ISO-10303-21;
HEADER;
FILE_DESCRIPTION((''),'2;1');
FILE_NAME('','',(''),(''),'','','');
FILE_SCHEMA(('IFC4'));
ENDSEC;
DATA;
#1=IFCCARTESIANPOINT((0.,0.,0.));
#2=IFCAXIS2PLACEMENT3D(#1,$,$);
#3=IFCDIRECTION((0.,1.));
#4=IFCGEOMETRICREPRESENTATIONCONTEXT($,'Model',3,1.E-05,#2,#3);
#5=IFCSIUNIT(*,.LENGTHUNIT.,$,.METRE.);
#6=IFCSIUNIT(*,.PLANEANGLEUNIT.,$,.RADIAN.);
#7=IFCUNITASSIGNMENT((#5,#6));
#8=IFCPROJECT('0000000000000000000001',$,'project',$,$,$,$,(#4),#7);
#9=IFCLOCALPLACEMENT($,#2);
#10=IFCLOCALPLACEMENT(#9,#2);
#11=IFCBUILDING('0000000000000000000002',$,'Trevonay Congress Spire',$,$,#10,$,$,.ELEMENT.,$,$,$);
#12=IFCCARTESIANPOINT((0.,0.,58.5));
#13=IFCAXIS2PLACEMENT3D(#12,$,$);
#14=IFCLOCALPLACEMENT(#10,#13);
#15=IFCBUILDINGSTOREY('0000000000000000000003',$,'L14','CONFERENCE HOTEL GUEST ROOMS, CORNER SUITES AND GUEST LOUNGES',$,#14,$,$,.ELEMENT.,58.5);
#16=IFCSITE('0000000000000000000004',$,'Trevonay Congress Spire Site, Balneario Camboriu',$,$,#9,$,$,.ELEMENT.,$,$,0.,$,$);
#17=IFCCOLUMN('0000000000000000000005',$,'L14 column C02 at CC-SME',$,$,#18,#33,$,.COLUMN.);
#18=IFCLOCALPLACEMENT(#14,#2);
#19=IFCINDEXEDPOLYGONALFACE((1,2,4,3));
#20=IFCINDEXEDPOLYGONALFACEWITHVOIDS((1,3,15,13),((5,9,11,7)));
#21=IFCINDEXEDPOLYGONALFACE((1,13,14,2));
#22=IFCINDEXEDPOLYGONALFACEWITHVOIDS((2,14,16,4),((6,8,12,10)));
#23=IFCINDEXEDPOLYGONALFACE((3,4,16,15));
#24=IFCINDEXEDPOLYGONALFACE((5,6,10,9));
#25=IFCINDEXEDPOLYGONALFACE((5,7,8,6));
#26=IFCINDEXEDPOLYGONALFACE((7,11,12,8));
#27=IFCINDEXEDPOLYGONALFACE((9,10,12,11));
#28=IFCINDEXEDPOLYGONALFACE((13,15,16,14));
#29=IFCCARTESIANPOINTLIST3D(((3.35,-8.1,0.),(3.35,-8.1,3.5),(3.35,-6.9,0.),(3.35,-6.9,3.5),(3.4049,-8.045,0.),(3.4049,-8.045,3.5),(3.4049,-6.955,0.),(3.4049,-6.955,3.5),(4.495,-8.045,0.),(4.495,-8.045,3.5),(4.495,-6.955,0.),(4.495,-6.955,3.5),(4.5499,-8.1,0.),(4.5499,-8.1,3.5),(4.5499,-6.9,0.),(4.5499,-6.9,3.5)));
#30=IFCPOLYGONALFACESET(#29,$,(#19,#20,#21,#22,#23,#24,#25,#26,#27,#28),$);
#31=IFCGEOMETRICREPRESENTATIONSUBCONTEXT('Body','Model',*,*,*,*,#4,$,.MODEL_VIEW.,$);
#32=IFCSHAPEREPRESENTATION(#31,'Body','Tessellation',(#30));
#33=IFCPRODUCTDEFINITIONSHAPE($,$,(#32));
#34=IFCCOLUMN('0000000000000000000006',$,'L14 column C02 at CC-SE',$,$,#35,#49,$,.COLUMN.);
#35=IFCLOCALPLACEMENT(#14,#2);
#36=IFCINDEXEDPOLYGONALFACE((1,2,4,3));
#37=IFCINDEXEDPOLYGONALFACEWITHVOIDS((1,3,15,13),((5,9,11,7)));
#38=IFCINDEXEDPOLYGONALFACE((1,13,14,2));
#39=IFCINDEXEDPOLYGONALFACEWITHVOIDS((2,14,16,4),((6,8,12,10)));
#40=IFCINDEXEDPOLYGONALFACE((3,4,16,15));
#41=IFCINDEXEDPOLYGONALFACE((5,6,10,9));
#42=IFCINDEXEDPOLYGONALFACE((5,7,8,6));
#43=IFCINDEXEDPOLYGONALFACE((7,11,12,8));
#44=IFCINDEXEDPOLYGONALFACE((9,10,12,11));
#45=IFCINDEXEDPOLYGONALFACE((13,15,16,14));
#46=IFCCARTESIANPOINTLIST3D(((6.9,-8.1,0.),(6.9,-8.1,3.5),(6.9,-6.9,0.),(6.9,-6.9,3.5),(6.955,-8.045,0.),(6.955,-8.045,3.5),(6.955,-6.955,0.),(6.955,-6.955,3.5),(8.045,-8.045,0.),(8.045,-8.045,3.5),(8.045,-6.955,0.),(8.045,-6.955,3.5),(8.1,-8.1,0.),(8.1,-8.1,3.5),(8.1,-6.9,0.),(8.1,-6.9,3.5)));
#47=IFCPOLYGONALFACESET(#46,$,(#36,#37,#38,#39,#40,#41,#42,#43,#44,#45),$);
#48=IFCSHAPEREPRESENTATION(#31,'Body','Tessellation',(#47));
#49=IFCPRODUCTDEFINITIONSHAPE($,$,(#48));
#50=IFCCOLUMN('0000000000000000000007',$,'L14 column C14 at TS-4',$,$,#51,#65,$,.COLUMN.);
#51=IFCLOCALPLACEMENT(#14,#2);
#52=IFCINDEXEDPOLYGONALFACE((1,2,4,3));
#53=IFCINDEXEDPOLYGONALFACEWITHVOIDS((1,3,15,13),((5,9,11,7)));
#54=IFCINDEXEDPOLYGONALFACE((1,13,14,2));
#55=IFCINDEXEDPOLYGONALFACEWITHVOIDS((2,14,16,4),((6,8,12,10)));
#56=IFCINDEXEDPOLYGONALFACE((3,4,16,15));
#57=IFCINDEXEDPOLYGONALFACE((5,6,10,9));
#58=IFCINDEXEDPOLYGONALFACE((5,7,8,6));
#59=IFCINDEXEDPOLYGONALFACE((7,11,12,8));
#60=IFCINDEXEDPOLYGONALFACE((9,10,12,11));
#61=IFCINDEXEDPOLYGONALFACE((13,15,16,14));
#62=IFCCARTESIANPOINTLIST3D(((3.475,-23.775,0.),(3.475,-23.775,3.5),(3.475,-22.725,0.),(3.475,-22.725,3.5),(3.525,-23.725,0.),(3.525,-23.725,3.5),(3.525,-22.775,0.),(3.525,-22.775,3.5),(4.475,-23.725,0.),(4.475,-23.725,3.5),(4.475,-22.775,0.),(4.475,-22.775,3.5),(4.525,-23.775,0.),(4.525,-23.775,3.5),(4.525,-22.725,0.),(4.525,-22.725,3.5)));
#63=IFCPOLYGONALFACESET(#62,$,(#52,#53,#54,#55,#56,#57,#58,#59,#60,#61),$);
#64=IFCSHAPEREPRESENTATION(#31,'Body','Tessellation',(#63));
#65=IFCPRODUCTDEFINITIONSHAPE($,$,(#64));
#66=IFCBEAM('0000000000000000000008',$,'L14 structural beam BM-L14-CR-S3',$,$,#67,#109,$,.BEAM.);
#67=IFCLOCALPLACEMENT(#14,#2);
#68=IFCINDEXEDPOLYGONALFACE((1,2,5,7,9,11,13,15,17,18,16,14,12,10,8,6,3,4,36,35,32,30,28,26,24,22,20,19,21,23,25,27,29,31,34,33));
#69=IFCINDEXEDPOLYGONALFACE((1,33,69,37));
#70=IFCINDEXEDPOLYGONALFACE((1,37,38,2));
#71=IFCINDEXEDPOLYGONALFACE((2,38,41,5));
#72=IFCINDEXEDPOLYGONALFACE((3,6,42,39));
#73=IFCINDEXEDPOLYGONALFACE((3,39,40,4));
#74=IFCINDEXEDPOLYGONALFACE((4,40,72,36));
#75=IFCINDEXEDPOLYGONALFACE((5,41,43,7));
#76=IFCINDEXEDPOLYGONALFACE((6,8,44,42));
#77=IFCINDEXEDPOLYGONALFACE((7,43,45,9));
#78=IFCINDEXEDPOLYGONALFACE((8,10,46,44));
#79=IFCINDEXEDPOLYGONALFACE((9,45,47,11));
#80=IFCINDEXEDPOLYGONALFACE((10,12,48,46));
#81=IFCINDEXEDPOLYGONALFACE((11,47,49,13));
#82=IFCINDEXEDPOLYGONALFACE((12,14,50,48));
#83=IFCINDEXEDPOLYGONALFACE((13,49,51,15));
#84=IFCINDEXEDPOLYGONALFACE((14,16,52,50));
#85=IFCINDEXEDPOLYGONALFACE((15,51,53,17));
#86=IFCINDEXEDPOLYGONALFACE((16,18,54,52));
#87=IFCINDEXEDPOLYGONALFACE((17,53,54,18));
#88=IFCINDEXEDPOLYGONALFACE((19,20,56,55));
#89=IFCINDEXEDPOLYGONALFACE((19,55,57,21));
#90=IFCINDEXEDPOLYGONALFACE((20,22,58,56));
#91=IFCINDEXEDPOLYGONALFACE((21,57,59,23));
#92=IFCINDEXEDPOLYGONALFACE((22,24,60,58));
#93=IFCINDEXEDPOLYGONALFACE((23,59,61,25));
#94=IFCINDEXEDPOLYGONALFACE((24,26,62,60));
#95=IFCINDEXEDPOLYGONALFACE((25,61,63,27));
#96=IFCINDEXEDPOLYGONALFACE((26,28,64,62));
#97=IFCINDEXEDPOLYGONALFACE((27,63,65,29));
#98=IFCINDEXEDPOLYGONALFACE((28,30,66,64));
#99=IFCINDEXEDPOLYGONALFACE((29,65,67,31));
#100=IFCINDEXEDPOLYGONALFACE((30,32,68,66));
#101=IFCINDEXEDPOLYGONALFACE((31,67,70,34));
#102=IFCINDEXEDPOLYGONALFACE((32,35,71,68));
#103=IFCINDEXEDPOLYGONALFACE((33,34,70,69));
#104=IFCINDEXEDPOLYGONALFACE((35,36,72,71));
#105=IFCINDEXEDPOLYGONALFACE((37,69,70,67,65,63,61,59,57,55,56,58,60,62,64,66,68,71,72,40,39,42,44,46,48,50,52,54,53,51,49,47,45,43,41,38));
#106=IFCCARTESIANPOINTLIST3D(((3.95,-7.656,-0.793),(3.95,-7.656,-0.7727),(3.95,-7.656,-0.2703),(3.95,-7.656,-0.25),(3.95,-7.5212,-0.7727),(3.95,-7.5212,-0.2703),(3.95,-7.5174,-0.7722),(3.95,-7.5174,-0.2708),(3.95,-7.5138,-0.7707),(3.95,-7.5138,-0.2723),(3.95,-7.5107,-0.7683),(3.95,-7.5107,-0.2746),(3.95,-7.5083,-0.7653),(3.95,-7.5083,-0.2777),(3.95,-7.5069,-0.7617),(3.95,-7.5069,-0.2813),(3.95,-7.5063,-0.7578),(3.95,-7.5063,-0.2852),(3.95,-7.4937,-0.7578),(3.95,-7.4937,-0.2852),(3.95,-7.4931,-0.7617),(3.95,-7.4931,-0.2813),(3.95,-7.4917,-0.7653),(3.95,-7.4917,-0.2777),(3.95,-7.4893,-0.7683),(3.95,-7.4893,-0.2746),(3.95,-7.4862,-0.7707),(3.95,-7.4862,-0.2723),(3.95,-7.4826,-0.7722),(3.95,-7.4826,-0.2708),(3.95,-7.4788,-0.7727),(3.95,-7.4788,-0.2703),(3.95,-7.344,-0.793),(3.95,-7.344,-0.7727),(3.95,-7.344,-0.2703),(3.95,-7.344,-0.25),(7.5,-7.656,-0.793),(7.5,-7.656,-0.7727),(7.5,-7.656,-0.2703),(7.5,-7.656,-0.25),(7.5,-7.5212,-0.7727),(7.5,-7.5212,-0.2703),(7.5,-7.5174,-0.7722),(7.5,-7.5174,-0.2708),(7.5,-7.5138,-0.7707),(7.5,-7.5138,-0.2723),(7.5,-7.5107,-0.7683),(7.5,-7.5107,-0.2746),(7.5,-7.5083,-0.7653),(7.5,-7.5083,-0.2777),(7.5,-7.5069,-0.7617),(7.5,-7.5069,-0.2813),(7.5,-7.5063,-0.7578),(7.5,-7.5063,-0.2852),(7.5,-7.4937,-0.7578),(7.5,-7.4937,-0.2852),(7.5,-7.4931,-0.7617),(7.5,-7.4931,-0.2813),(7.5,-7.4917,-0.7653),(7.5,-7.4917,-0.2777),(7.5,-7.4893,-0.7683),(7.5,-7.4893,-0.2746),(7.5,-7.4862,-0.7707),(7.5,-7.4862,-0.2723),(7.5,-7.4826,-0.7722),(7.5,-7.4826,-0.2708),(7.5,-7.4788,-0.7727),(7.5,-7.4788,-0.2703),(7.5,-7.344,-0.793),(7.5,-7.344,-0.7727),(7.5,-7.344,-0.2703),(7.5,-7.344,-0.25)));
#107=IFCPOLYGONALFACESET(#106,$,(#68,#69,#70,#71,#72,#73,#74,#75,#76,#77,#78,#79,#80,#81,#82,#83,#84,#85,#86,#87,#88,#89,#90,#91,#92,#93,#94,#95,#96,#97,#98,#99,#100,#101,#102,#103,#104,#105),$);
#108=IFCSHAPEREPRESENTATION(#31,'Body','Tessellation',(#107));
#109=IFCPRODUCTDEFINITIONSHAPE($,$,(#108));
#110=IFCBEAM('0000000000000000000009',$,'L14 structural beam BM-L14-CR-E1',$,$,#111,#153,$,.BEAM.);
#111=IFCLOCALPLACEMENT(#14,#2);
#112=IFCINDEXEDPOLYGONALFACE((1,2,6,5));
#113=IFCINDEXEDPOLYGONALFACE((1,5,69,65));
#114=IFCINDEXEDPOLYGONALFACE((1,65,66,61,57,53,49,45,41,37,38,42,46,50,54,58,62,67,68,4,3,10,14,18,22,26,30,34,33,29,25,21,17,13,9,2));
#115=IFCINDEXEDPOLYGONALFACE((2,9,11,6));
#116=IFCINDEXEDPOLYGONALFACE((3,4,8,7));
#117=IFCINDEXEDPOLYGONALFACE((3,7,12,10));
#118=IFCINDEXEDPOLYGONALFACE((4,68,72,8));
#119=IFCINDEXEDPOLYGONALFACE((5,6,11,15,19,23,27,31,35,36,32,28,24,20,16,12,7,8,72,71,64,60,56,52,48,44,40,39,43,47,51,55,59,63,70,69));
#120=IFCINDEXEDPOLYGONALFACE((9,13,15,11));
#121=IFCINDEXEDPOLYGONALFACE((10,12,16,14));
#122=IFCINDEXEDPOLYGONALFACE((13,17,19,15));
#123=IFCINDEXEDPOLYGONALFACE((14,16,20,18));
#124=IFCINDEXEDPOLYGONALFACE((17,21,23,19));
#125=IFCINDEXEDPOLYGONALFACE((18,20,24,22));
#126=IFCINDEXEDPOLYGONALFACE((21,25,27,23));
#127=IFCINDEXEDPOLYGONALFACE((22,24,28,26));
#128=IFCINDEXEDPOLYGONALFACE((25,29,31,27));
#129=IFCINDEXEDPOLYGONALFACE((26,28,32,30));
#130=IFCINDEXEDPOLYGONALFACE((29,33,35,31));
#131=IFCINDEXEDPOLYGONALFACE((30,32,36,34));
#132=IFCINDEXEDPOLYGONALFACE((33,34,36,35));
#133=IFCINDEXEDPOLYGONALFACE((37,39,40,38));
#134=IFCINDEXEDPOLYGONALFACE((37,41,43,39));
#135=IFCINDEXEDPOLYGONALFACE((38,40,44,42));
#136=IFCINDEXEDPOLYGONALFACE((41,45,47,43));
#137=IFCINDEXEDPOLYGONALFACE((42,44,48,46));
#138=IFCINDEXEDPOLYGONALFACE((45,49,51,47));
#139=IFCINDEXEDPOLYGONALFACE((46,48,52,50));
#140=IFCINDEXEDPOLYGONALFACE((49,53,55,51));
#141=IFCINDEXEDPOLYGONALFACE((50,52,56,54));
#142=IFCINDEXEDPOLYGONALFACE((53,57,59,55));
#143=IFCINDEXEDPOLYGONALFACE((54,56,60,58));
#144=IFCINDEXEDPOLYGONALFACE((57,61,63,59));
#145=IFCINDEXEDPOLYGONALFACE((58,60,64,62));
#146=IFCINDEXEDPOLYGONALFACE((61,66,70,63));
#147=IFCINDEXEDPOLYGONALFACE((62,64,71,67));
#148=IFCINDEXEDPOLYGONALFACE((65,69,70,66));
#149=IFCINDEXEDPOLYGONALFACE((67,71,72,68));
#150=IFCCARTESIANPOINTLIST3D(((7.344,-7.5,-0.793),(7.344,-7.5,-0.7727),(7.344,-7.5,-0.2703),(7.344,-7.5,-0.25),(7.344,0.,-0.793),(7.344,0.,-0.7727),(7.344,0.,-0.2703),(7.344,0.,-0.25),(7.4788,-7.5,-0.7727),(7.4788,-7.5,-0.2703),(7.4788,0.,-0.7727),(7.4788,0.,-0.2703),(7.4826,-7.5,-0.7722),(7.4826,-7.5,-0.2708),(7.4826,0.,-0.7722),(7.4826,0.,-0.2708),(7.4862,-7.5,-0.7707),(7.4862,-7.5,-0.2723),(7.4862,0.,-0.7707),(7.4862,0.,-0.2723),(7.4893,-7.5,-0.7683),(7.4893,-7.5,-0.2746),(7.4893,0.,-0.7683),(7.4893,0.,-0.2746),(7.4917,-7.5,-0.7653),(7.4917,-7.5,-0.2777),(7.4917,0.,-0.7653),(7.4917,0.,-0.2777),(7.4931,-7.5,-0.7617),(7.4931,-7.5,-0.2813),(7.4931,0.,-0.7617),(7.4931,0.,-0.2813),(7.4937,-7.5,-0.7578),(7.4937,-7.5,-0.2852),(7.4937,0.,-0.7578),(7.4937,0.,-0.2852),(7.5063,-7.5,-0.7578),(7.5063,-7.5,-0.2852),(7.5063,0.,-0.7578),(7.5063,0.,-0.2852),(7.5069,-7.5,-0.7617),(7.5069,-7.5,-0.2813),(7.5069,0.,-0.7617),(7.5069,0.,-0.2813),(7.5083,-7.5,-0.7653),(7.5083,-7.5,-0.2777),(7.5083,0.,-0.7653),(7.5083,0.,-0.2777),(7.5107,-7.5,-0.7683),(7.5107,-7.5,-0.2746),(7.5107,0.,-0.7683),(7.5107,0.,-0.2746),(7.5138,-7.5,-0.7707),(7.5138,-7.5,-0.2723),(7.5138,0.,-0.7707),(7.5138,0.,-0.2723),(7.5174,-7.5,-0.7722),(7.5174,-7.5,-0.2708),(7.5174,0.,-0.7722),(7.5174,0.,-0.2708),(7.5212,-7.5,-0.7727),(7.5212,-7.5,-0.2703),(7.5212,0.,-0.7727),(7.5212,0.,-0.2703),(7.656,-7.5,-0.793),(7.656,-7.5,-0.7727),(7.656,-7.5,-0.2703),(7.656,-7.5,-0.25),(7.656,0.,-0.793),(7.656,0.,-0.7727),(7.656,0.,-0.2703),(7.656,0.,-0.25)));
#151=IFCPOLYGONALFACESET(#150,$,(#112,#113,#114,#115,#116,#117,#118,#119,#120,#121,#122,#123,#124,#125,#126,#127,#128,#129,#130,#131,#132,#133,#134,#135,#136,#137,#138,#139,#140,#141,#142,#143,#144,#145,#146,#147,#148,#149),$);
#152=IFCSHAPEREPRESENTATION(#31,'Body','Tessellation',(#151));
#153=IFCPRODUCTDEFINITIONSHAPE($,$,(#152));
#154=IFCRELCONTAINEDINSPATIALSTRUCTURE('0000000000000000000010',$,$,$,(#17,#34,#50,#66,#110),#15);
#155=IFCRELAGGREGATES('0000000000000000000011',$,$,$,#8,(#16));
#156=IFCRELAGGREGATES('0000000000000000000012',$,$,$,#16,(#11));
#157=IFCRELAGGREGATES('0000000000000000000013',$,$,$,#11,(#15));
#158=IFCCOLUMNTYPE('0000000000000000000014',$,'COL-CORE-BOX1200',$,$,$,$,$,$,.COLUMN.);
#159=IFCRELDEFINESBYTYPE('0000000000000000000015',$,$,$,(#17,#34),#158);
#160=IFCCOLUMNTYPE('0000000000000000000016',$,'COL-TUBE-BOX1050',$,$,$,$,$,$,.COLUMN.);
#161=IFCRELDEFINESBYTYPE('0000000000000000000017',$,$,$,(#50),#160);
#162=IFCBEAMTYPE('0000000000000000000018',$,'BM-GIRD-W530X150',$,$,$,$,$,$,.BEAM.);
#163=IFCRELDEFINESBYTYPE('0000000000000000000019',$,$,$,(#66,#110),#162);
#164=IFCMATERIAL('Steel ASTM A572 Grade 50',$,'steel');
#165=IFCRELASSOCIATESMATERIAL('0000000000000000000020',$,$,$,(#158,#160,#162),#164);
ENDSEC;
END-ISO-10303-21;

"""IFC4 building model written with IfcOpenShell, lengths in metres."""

from ifc_helpers import new_model, si_unit, direction, frame, origin, origin_2d, place, context, subcontext, project, spatial, hollow_rectangle, i_section, extrude, material, material_profile, profile_set, type_object, element, save


model = new_model("IFC4")

# Units and contexts
model_context = context("Model", 3, precision=1e-05, world=origin(), true_north=direction((0.0, 1.0)))
body_context = subcontext(model_context, "Body", "Model", "MODEL_VIEW")
ifc_project = project(units=[si_unit("LENGTHUNIT", "METRE"), si_unit("PLANEANGLEUNIT", "RADIAN")], contexts=[model_context])

# Site, building, storey
site_placement = place(None, origin())
site = spatial("IfcSite", under=ifc_project, at=site_placement, Name="Trevonay Congress Spire Site, Balneario Camboriu", CompositionType="ELEMENT", RefElevation=0.0)
building_placement = place(site_placement, origin())
building = spatial("IfcBuilding", under=site, at=building_placement, Name="Trevonay Congress Spire", CompositionType="ELEMENT")
storey_placement = place(building_placement, frame((0.0, 0.0, 58.5)))
storey = spatial("IfcBuildingStorey", under=building, at=storey_placement, Name="L14", Description="CONFERENCE HOTEL GUEST ROOMS, CORNER SUITES AND GUEST LOUNGES", CompositionType="ELEMENT", Elevation=58.5)

# Columns
ifc_material_1 = material(Name="Steel ASTM A572 Grade 50", Category="steel")
ifc_material_profile_1 = material_profile(ifc_material_1, hollow_rectangle(XDim=1.2, YDim=1.2, WallThickness=0.0549, at=origin_2d()), Name="BOX 1200x1200x55")
ifc_profile_set_1 = profile_set([ifc_material_profile_1], Name="Steel ASTM A572 Grade 50")
column_type_1 = type_object("IfcColumnType", Name="COL-CORE-BOX1200", PredefinedType="COLUMN", material=ifc_profile_set_1)
for number, where, z_axis, x_axis, name in (
    (1, (3.95, -7.5, 0.0), (0.0, 0.0, 1.0), (1.0, 0.0, 0.0), "L14 column C02 at CC-SME"),
    (2, (7.5, -7.5, 0.0), (0.0, 0.0, 1.0), (1.0, 0.0, 0.0), "L14 column C02 at CC-SE"),
):
    element("IfcColumn", number, at=place(storey_placement, frame(where, z_axis=z_axis, x_axis=x_axis)), inside=storey, type_object=column_type_1, Name=name, PredefinedType="COLUMN", context=body_context, shape_type="SweptSolid", body=[
        extrude(hollow_rectangle(XDim=1.2, YDim=1.2, WallThickness=0.0549, at=origin_2d()), origin(), (0.0, 0.0, 1.0), 3.5),
    ])
ifc_material_profile_2 = material_profile(ifc_material_1, hollow_rectangle(XDim=1.05, YDim=1.05, WallThickness=0.05, at=origin_2d()), Name="BOX 1050x1050x50")
ifc_profile_set_2 = profile_set([ifc_material_profile_2], Name="Steel ASTM A572 Grade 50")
column_type_2 = type_object("IfcColumnType", Name="COL-TUBE-BOX1050", PredefinedType="COLUMN", material=ifc_profile_set_2)
column_placement = place(storey_placement, frame((4.0, -23.25, 0.0), z_axis=(0.0, 0.0, 1.0), x_axis=(1.0, 0.0, 0.0)))
element("IfcColumn", 3, at=column_placement, inside=storey, type_object=column_type_2, Name="L14 column C14 at TS-4", PredefinedType="COLUMN", context=body_context, shape_type="SweptSolid", body=[
    extrude(hollow_rectangle(XDim=1.05, YDim=1.05, WallThickness=0.05, at=origin_2d()), origin(), (0.0, 0.0, 1.0), 3.5),
])

# Beams
ifc_material_profile_3 = material_profile(ifc_material_1, i_section(OverallWidth=0.312, OverallDepth=0.543, WebThickness=0.0127, FlangeThickness=0.0203, FilletRadius=0.0149, at=origin_2d()), Name="W530x150")
ifc_profile_set_3 = profile_set([ifc_material_profile_3], Name="Steel ASTM A572 Grade 50")
beam_type_1 = type_object("IfcBeamType", Name="BM-GIRD-W530X150", PredefinedType="BEAM", material=ifc_profile_set_3)
beam_1_placement = place(storey_placement, frame((3.95, -7.5, -0.5215), z_axis=(1.0, 0.0, 0.0), x_axis=(0.0, 1.0, 0.0)))
element("IfcBeam", 4, at=beam_1_placement, inside=storey, type_object=beam_type_1, Name="L14 structural beam BM-L14-CR-S3", PredefinedType="BEAM", context=body_context, shape_type="SweptSolid", body=[
    extrude(i_section(OverallWidth=0.312, OverallDepth=0.543, WebThickness=0.0127, FlangeThickness=0.0203, FilletRadius=0.0149, at=origin_2d()), origin(), (0.0, 0.0, 1.0), 3.55),
])
beam_2_placement = place(storey_placement, frame((7.5, -7.5, -0.5215), z_axis=(0.0, 1.0, 0.0), x_axis=(-1.0, 0.0, 0.0)))
element("IfcBeam", 5, at=beam_2_placement, inside=storey, type_object=beam_type_1, Name="L14 structural beam BM-L14-CR-E1", PredefinedType="BEAM", context=body_context, shape_type="SweptSolid", body=[
    extrude(i_section(OverallWidth=0.312, OverallDepth=0.543, WebThickness=0.0127, FlangeThickness=0.0203, FilletRadius=0.0149, at=origin_2d()), origin(), (0.0, 0.0, 1.0), 7.5),
])

save(model, "model.ifc")
